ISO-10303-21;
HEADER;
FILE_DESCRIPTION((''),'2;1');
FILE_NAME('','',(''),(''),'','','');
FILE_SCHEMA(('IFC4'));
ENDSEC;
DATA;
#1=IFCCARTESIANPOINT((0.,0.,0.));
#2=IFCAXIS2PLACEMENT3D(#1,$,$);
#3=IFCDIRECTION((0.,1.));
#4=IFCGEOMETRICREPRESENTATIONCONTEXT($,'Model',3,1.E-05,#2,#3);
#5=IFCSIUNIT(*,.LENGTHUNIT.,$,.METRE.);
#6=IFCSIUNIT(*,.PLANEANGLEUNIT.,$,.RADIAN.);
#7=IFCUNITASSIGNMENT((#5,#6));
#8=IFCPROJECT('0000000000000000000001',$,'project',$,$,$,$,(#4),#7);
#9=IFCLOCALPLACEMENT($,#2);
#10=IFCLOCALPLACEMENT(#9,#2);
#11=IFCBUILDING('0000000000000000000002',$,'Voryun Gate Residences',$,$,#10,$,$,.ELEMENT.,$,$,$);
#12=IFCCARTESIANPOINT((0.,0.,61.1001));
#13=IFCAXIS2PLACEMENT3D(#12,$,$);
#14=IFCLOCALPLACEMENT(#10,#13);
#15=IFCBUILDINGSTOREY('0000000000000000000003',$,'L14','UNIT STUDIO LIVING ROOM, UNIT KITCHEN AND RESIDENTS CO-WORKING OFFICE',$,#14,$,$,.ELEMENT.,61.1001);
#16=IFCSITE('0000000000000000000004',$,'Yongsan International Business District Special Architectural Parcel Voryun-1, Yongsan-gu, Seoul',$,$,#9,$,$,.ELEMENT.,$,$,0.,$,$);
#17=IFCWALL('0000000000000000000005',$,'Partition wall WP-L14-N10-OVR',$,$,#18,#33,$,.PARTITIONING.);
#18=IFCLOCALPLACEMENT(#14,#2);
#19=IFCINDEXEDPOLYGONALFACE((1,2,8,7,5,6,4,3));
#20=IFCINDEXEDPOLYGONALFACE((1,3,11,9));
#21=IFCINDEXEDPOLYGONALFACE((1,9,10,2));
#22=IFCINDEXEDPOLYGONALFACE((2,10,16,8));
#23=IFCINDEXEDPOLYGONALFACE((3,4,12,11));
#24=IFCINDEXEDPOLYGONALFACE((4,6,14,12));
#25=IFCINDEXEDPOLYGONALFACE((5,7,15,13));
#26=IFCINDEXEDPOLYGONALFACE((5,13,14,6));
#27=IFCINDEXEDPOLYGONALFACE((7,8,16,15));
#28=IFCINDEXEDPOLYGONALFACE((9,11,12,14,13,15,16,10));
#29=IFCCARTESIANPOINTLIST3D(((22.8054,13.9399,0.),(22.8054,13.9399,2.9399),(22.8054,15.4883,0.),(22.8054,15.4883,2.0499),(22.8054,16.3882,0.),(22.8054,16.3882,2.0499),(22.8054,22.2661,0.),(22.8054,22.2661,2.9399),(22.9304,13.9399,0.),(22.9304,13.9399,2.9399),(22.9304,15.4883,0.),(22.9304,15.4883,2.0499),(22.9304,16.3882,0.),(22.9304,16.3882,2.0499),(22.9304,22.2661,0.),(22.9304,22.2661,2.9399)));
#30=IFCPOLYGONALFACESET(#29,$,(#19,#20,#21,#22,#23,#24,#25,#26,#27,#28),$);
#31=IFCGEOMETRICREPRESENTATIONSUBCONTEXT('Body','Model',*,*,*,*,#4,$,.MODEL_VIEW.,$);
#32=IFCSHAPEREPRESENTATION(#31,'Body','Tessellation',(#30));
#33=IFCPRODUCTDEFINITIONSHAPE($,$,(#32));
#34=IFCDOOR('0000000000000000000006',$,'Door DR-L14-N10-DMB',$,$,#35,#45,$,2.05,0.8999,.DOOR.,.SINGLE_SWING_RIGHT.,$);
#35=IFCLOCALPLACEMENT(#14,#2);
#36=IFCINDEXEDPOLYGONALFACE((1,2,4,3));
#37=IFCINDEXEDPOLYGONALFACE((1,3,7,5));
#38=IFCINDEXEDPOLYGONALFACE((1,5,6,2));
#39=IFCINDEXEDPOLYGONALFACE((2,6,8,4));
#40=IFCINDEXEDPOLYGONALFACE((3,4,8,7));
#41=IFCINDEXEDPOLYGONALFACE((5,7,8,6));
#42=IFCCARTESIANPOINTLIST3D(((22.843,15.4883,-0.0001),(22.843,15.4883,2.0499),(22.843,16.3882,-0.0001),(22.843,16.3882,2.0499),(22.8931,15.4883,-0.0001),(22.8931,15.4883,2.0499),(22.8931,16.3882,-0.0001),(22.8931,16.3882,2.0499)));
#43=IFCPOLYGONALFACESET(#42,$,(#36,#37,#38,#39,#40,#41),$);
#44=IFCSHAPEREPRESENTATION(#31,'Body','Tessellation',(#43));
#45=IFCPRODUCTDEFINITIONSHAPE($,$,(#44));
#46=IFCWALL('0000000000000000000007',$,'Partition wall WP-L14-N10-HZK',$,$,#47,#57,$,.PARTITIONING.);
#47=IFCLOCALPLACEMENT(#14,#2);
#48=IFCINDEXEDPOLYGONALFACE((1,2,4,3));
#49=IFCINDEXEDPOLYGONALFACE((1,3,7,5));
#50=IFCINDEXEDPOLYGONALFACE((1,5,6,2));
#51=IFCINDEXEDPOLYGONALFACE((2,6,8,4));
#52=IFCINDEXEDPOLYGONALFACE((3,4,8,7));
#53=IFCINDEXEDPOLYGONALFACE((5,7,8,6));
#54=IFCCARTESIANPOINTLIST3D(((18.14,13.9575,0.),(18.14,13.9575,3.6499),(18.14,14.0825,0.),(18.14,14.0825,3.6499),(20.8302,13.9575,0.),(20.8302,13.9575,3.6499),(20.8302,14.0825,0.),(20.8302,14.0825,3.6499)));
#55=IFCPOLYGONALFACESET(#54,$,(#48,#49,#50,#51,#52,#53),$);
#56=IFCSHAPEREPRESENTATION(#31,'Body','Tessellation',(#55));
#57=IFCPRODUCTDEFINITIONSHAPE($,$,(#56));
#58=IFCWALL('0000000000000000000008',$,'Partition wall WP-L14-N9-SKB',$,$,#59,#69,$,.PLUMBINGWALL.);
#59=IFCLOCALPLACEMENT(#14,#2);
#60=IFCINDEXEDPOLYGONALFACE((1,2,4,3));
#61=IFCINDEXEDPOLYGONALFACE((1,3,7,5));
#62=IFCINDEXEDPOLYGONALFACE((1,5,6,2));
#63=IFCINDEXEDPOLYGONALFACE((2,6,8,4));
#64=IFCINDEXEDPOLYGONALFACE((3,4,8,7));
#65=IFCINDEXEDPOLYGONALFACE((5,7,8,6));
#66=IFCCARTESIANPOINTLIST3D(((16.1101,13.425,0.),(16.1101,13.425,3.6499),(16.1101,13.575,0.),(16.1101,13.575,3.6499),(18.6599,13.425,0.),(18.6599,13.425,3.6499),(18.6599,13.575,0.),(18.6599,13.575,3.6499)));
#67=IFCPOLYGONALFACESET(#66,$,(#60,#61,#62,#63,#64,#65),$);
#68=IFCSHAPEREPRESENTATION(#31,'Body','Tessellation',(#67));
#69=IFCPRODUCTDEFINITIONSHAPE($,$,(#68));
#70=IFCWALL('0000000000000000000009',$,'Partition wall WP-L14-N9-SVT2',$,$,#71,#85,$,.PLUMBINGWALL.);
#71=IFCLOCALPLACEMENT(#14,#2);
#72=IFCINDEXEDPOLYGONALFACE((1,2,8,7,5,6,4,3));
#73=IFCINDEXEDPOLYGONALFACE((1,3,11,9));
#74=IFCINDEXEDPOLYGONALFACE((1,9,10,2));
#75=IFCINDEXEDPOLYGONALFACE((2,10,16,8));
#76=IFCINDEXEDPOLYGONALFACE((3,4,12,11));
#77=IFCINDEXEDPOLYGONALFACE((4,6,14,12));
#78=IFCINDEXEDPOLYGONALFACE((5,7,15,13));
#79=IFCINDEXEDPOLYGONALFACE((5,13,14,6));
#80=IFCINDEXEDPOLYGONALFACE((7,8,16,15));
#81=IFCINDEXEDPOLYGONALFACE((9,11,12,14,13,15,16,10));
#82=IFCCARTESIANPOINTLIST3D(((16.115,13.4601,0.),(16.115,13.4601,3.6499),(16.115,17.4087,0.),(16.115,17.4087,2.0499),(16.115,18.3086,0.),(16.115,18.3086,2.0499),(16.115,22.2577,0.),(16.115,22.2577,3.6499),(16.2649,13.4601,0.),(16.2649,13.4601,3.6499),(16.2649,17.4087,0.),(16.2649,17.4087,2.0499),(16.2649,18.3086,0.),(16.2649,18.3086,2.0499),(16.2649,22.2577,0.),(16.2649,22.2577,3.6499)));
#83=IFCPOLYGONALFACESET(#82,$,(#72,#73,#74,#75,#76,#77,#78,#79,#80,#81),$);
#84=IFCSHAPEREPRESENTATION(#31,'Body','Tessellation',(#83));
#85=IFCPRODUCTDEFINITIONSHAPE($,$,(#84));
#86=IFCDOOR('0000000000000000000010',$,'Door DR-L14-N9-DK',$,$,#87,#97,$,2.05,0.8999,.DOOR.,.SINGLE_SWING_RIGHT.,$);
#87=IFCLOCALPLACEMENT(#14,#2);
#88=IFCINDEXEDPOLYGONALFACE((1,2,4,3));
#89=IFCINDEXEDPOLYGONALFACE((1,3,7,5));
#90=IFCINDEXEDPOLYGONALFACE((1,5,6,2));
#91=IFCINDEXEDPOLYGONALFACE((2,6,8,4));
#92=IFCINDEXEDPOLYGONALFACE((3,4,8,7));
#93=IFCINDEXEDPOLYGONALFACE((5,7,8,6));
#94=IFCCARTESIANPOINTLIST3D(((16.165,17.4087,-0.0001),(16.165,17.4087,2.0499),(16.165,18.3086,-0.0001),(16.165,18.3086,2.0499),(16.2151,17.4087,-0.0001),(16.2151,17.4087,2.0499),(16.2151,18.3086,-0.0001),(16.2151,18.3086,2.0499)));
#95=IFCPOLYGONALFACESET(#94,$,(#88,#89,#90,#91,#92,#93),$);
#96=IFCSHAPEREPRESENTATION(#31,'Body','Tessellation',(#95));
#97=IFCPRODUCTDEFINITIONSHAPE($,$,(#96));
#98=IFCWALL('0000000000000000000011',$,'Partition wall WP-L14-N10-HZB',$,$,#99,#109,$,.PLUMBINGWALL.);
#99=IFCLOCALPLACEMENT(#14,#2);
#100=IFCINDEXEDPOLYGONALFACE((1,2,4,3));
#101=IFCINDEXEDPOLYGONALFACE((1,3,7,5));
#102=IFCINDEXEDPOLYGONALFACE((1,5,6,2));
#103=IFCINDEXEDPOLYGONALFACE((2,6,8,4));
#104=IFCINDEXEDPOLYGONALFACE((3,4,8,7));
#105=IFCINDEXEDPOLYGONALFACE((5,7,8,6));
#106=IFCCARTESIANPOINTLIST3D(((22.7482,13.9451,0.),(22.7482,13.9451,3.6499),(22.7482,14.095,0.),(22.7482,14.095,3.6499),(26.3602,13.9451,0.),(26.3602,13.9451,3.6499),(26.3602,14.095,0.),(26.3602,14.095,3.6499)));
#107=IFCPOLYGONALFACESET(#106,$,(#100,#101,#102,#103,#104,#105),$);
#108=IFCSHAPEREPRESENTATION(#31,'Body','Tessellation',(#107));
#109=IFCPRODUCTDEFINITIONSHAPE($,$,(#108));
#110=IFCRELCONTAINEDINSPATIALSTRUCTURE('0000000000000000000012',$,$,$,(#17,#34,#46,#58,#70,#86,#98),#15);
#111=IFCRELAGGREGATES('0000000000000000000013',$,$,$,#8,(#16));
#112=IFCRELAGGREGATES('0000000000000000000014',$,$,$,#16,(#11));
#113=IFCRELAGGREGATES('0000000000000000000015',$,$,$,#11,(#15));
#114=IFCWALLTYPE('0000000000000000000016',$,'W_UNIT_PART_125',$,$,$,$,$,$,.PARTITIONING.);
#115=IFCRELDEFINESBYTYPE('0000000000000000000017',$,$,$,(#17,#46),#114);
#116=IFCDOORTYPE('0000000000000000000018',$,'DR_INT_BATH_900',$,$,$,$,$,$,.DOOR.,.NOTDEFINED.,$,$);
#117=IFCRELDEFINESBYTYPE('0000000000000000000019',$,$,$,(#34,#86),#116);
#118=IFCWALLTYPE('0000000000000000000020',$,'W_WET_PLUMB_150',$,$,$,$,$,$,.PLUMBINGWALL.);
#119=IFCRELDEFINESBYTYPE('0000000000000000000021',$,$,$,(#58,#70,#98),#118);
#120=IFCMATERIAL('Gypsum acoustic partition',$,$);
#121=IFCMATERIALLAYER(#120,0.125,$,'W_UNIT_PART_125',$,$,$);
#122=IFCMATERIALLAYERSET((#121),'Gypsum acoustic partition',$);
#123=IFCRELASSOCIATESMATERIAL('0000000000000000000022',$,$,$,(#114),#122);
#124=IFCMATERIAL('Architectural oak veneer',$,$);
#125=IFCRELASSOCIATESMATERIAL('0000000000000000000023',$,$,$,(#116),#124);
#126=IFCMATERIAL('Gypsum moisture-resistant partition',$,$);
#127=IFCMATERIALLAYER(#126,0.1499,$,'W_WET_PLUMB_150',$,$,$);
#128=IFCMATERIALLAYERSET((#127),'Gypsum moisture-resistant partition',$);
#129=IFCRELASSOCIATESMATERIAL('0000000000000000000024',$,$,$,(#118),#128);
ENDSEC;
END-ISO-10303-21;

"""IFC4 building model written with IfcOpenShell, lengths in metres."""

from ifc_helpers import new_model, si_unit, direction, frame, frame_2d, origin, place, context, subcontext, project, spatial, rectangle, extrude, material, layer, layer_set, type_object, element, fill, save


model = new_model("IFC4")

# Units and contexts
model_context = context("Model", 3, precision=1e-05, world=origin(), true_north=direction((0.0, 1.0)))
body_context = subcontext(model_context, "Body", "Model", "MODEL_VIEW")
ifc_project = project(units=[si_unit("LENGTHUNIT", "METRE"), si_unit("PLANEANGLEUNIT", "RADIAN")], contexts=[model_context])

# Site, building, storey
site_placement = place(None, origin())
site = spatial("IfcSite", under=ifc_project, at=site_placement, Name="Yongsan International Business District Special Architectural Parcel Voryun-1, Yongsan-gu, Seoul", CompositionType="ELEMENT", RefElevation=0.0)
building_placement = place(site_placement, origin())
building = spatial("IfcBuilding", under=site, at=building_placement, Name="Voryun Gate Residences", CompositionType="ELEMENT")
storey_placement = place(building_placement, frame((0.0, 0.0, 61.1001)))
storey = spatial("IfcBuildingStorey", under=building, at=storey_placement, Name="L14", Description="UNIT STUDIO LIVING ROOM, UNIT KITCHEN AND RESIDENTS CO-WORKING OFFICE", CompositionType="ELEMENT", Elevation=61.1001)

# Wall, opening, door
ifc_material_1 = material(Name="Gypsum acoustic partition")
ifc_layer_1 = layer(ifc_material_1, 0.125, Name="W_UNIT_PART_125")
ifc_layer_set_1 = layer_set([ifc_layer_1], Name="Gypsum acoustic partition")
wall_type_1 = type_object("IfcWallType", Name="W_UNIT_PART_125", PredefinedType="PARTITIONING", material=ifc_layer_set_1)
wall_1_placement = place(storey_placement, frame((22.8679, 13.9399, 0.0), z_axis=(0.0, 0.0, 1.0), x_axis=(0.0, 1.0, 0.0)))
wall_1 = element("IfcWall", 1, at=wall_1_placement, inside=storey, type_object=wall_type_1, Name="Partition wall WP-L14-N10-OVR", PredefinedType="PARTITIONING", context=body_context, shape_type="SweptSolid", body=[
    extrude(rectangle(XDim=8.3262, YDim=0.125, at=frame_2d((4.1631, 0.0))), origin(), (0.0, 0.0, 1.0), 2.9399),
])
opening_1_placement = place(wall_1_placement, frame((1.5483, 0.0, 0.0)))
opening_1 = element("IfcOpeningElement", 2, at=opening_1_placement, cuts=wall_1, PredefinedType="OPENING", context=body_context, shape_type="SweptSolid", body=[
    extrude(rectangle(XDim=0.8999, YDim=2.05, at=frame_2d((0.45, 1.0249))), frame((0.0, 0.0725, 0.0), z_axis=(0.0, -1.0, 0.0), x_axis=(1.0, 0.0, 0.0)), (0.0, 0.0, 1.0), 0.145),
])
ifc_material_2 = material(Name="Architectural oak veneer")
door_type = type_object("IfcDoorType", Name="DR_INT_BATH_900", OperationType="NOTDEFINED", PredefinedType="DOOR", material=ifc_material_2)
door_1_placement = place(opening_1_placement, origin())
door_1 = element("IfcDoor", 3, at=door_1_placement, inside=storey, type_object=door_type, Name="Door DR-L14-N10-DMB", OperationType="SINGLE_SWING_RIGHT", OverallHeight=2.05, OverallWidth=0.8999, PredefinedType="DOOR", context=body_context, shape_type="SweptSolid", body=[
    extrude(rectangle(XDim=0.8999, YDim=2.05, at=frame_2d((0.45, 1.0249))), frame((0.0, 0.0249, 0.0), z_axis=(0.0, -1.0, 0.0), x_axis=(1.0, 0.0, 0.0)), (0.0, 0.0, 1.0), 0.05),
])
fill(opening_1, door_1)

# Walls
wall_2_placement = place(storey_placement, frame((18.1399, 14.02, 0.0), z_axis=(0.0, 0.0, 1.0), x_axis=(1.0, 0.0, 0.0)))
element("IfcWall", 4, at=wall_2_placement, inside=storey, type_object=wall_type_1, Name="Partition wall WP-L14-N10-HZK", PredefinedType="PARTITIONING", context=body_context, shape_type="SweptSolid", body=[
    extrude(rectangle(XDim=2.6902, YDim=0.125, at=frame_2d((1.3452, 0.0))), origin(), (0.0, 0.0, 1.0), 3.6499),
])
ifc_material_3 = material(Name="Gypsum moisture-resistant partition")
ifc_layer_2 = layer(ifc_material_3, 0.1499, Name="W_WET_PLUMB_150")
ifc_layer_set_2 = layer_set([ifc_layer_2], Name="Gypsum moisture-resistant partition")
wall_type_2 = type_object("IfcWallType", Name="W_WET_PLUMB_150", PredefinedType="PLUMBINGWALL", material=ifc_layer_set_2)
wall_3_placement = place(storey_placement, frame((16.1101, 13.5, 0.0), z_axis=(0.0, 0.0, 1.0), x_axis=(1.0, 0.0, 0.0)))
element("IfcWall", 5, at=wall_3_placement, inside=storey, type_object=wall_type_2, Name="Partition wall WP-L14-N9-SKB", PredefinedType="PLUMBINGWALL", context=body_context, shape_type="SweptSolid", body=[
    extrude(rectangle(XDim=2.5498, YDim=0.1499, at=frame_2d((1.2749, 0.0))), origin(), (0.0, 0.0, 1.0), 3.6499),
])

# Wall, opening, door
wall_4_placement = place(storey_placement, frame((16.1899, 13.46, 0.0), z_axis=(0.0, 0.0, 1.0), x_axis=(0.0, 1.0, 0.0)))
wall_4 = element("IfcWall", 6, at=wall_4_placement, inside=storey, type_object=wall_type_2, Name="Partition wall WP-L14-N9-SVT2", PredefinedType="PLUMBINGWALL", context=body_context, shape_type="SweptSolid", body=[
    extrude(rectangle(XDim=8.7976, YDim=0.1499, at=frame_2d((4.3989, 0.0))), origin(), (0.0, 0.0, 1.0), 3.6499),
])
opening_2_placement = place(wall_4_placement, frame((3.9487, 0.0, 0.0)))
opening_2 = element("IfcOpeningElement", 7, at=opening_2_placement, cuts=wall_4, PredefinedType="OPENING", context=body_context, shape_type="SweptSolid", body=[
    extrude(rectangle(XDim=0.8999, YDim=2.05, at=frame_2d((0.45, 1.0249))), frame((0.0, 0.085, 0.0), z_axis=(0.0, -1.0, 0.0), x_axis=(1.0, 0.0, 0.0)), (0.0, 0.0, 1.0), 0.1699),
])
door_2_placement = place(opening_2_placement, origin())
door_2 = element("IfcDoor", 8, at=door_2_placement, inside=storey, type_object=door_type, Name="Door DR-L14-N9-DK", OperationType="SINGLE_SWING_RIGHT", OverallHeight=2.05, OverallWidth=0.8999, PredefinedType="DOOR", context=body_context, shape_type="SweptSolid", body=[
    extrude(rectangle(XDim=0.8999, YDim=2.05, at=frame_2d((0.45, 1.0249))), frame((0.0, 0.0249, 0.0), z_axis=(0.0, -1.0, 0.0), x_axis=(1.0, 0.0, 0.0)), (0.0, 0.0, 1.0), 0.05),
])
fill(opening_2, door_2)

# Wall
wall_5_placement = place(storey_placement, frame((22.748, 14.02, 0.0), z_axis=(0.0, 0.0, 1.0), x_axis=(1.0, 0.0, 0.0)))
element("IfcWall", 9, at=wall_5_placement, inside=storey, type_object=wall_type_2, Name="Partition wall WP-L14-N10-HZB", PredefinedType="PLUMBINGWALL", context=body_context, shape_type="SweptSolid", body=[
    extrude(rectangle(XDim=3.6121, YDim=0.1499, at=frame_2d((1.8062, 0.0))), origin(), (0.0, 0.0, 1.0), 3.6499),
])

save(model, "model.ifc")
